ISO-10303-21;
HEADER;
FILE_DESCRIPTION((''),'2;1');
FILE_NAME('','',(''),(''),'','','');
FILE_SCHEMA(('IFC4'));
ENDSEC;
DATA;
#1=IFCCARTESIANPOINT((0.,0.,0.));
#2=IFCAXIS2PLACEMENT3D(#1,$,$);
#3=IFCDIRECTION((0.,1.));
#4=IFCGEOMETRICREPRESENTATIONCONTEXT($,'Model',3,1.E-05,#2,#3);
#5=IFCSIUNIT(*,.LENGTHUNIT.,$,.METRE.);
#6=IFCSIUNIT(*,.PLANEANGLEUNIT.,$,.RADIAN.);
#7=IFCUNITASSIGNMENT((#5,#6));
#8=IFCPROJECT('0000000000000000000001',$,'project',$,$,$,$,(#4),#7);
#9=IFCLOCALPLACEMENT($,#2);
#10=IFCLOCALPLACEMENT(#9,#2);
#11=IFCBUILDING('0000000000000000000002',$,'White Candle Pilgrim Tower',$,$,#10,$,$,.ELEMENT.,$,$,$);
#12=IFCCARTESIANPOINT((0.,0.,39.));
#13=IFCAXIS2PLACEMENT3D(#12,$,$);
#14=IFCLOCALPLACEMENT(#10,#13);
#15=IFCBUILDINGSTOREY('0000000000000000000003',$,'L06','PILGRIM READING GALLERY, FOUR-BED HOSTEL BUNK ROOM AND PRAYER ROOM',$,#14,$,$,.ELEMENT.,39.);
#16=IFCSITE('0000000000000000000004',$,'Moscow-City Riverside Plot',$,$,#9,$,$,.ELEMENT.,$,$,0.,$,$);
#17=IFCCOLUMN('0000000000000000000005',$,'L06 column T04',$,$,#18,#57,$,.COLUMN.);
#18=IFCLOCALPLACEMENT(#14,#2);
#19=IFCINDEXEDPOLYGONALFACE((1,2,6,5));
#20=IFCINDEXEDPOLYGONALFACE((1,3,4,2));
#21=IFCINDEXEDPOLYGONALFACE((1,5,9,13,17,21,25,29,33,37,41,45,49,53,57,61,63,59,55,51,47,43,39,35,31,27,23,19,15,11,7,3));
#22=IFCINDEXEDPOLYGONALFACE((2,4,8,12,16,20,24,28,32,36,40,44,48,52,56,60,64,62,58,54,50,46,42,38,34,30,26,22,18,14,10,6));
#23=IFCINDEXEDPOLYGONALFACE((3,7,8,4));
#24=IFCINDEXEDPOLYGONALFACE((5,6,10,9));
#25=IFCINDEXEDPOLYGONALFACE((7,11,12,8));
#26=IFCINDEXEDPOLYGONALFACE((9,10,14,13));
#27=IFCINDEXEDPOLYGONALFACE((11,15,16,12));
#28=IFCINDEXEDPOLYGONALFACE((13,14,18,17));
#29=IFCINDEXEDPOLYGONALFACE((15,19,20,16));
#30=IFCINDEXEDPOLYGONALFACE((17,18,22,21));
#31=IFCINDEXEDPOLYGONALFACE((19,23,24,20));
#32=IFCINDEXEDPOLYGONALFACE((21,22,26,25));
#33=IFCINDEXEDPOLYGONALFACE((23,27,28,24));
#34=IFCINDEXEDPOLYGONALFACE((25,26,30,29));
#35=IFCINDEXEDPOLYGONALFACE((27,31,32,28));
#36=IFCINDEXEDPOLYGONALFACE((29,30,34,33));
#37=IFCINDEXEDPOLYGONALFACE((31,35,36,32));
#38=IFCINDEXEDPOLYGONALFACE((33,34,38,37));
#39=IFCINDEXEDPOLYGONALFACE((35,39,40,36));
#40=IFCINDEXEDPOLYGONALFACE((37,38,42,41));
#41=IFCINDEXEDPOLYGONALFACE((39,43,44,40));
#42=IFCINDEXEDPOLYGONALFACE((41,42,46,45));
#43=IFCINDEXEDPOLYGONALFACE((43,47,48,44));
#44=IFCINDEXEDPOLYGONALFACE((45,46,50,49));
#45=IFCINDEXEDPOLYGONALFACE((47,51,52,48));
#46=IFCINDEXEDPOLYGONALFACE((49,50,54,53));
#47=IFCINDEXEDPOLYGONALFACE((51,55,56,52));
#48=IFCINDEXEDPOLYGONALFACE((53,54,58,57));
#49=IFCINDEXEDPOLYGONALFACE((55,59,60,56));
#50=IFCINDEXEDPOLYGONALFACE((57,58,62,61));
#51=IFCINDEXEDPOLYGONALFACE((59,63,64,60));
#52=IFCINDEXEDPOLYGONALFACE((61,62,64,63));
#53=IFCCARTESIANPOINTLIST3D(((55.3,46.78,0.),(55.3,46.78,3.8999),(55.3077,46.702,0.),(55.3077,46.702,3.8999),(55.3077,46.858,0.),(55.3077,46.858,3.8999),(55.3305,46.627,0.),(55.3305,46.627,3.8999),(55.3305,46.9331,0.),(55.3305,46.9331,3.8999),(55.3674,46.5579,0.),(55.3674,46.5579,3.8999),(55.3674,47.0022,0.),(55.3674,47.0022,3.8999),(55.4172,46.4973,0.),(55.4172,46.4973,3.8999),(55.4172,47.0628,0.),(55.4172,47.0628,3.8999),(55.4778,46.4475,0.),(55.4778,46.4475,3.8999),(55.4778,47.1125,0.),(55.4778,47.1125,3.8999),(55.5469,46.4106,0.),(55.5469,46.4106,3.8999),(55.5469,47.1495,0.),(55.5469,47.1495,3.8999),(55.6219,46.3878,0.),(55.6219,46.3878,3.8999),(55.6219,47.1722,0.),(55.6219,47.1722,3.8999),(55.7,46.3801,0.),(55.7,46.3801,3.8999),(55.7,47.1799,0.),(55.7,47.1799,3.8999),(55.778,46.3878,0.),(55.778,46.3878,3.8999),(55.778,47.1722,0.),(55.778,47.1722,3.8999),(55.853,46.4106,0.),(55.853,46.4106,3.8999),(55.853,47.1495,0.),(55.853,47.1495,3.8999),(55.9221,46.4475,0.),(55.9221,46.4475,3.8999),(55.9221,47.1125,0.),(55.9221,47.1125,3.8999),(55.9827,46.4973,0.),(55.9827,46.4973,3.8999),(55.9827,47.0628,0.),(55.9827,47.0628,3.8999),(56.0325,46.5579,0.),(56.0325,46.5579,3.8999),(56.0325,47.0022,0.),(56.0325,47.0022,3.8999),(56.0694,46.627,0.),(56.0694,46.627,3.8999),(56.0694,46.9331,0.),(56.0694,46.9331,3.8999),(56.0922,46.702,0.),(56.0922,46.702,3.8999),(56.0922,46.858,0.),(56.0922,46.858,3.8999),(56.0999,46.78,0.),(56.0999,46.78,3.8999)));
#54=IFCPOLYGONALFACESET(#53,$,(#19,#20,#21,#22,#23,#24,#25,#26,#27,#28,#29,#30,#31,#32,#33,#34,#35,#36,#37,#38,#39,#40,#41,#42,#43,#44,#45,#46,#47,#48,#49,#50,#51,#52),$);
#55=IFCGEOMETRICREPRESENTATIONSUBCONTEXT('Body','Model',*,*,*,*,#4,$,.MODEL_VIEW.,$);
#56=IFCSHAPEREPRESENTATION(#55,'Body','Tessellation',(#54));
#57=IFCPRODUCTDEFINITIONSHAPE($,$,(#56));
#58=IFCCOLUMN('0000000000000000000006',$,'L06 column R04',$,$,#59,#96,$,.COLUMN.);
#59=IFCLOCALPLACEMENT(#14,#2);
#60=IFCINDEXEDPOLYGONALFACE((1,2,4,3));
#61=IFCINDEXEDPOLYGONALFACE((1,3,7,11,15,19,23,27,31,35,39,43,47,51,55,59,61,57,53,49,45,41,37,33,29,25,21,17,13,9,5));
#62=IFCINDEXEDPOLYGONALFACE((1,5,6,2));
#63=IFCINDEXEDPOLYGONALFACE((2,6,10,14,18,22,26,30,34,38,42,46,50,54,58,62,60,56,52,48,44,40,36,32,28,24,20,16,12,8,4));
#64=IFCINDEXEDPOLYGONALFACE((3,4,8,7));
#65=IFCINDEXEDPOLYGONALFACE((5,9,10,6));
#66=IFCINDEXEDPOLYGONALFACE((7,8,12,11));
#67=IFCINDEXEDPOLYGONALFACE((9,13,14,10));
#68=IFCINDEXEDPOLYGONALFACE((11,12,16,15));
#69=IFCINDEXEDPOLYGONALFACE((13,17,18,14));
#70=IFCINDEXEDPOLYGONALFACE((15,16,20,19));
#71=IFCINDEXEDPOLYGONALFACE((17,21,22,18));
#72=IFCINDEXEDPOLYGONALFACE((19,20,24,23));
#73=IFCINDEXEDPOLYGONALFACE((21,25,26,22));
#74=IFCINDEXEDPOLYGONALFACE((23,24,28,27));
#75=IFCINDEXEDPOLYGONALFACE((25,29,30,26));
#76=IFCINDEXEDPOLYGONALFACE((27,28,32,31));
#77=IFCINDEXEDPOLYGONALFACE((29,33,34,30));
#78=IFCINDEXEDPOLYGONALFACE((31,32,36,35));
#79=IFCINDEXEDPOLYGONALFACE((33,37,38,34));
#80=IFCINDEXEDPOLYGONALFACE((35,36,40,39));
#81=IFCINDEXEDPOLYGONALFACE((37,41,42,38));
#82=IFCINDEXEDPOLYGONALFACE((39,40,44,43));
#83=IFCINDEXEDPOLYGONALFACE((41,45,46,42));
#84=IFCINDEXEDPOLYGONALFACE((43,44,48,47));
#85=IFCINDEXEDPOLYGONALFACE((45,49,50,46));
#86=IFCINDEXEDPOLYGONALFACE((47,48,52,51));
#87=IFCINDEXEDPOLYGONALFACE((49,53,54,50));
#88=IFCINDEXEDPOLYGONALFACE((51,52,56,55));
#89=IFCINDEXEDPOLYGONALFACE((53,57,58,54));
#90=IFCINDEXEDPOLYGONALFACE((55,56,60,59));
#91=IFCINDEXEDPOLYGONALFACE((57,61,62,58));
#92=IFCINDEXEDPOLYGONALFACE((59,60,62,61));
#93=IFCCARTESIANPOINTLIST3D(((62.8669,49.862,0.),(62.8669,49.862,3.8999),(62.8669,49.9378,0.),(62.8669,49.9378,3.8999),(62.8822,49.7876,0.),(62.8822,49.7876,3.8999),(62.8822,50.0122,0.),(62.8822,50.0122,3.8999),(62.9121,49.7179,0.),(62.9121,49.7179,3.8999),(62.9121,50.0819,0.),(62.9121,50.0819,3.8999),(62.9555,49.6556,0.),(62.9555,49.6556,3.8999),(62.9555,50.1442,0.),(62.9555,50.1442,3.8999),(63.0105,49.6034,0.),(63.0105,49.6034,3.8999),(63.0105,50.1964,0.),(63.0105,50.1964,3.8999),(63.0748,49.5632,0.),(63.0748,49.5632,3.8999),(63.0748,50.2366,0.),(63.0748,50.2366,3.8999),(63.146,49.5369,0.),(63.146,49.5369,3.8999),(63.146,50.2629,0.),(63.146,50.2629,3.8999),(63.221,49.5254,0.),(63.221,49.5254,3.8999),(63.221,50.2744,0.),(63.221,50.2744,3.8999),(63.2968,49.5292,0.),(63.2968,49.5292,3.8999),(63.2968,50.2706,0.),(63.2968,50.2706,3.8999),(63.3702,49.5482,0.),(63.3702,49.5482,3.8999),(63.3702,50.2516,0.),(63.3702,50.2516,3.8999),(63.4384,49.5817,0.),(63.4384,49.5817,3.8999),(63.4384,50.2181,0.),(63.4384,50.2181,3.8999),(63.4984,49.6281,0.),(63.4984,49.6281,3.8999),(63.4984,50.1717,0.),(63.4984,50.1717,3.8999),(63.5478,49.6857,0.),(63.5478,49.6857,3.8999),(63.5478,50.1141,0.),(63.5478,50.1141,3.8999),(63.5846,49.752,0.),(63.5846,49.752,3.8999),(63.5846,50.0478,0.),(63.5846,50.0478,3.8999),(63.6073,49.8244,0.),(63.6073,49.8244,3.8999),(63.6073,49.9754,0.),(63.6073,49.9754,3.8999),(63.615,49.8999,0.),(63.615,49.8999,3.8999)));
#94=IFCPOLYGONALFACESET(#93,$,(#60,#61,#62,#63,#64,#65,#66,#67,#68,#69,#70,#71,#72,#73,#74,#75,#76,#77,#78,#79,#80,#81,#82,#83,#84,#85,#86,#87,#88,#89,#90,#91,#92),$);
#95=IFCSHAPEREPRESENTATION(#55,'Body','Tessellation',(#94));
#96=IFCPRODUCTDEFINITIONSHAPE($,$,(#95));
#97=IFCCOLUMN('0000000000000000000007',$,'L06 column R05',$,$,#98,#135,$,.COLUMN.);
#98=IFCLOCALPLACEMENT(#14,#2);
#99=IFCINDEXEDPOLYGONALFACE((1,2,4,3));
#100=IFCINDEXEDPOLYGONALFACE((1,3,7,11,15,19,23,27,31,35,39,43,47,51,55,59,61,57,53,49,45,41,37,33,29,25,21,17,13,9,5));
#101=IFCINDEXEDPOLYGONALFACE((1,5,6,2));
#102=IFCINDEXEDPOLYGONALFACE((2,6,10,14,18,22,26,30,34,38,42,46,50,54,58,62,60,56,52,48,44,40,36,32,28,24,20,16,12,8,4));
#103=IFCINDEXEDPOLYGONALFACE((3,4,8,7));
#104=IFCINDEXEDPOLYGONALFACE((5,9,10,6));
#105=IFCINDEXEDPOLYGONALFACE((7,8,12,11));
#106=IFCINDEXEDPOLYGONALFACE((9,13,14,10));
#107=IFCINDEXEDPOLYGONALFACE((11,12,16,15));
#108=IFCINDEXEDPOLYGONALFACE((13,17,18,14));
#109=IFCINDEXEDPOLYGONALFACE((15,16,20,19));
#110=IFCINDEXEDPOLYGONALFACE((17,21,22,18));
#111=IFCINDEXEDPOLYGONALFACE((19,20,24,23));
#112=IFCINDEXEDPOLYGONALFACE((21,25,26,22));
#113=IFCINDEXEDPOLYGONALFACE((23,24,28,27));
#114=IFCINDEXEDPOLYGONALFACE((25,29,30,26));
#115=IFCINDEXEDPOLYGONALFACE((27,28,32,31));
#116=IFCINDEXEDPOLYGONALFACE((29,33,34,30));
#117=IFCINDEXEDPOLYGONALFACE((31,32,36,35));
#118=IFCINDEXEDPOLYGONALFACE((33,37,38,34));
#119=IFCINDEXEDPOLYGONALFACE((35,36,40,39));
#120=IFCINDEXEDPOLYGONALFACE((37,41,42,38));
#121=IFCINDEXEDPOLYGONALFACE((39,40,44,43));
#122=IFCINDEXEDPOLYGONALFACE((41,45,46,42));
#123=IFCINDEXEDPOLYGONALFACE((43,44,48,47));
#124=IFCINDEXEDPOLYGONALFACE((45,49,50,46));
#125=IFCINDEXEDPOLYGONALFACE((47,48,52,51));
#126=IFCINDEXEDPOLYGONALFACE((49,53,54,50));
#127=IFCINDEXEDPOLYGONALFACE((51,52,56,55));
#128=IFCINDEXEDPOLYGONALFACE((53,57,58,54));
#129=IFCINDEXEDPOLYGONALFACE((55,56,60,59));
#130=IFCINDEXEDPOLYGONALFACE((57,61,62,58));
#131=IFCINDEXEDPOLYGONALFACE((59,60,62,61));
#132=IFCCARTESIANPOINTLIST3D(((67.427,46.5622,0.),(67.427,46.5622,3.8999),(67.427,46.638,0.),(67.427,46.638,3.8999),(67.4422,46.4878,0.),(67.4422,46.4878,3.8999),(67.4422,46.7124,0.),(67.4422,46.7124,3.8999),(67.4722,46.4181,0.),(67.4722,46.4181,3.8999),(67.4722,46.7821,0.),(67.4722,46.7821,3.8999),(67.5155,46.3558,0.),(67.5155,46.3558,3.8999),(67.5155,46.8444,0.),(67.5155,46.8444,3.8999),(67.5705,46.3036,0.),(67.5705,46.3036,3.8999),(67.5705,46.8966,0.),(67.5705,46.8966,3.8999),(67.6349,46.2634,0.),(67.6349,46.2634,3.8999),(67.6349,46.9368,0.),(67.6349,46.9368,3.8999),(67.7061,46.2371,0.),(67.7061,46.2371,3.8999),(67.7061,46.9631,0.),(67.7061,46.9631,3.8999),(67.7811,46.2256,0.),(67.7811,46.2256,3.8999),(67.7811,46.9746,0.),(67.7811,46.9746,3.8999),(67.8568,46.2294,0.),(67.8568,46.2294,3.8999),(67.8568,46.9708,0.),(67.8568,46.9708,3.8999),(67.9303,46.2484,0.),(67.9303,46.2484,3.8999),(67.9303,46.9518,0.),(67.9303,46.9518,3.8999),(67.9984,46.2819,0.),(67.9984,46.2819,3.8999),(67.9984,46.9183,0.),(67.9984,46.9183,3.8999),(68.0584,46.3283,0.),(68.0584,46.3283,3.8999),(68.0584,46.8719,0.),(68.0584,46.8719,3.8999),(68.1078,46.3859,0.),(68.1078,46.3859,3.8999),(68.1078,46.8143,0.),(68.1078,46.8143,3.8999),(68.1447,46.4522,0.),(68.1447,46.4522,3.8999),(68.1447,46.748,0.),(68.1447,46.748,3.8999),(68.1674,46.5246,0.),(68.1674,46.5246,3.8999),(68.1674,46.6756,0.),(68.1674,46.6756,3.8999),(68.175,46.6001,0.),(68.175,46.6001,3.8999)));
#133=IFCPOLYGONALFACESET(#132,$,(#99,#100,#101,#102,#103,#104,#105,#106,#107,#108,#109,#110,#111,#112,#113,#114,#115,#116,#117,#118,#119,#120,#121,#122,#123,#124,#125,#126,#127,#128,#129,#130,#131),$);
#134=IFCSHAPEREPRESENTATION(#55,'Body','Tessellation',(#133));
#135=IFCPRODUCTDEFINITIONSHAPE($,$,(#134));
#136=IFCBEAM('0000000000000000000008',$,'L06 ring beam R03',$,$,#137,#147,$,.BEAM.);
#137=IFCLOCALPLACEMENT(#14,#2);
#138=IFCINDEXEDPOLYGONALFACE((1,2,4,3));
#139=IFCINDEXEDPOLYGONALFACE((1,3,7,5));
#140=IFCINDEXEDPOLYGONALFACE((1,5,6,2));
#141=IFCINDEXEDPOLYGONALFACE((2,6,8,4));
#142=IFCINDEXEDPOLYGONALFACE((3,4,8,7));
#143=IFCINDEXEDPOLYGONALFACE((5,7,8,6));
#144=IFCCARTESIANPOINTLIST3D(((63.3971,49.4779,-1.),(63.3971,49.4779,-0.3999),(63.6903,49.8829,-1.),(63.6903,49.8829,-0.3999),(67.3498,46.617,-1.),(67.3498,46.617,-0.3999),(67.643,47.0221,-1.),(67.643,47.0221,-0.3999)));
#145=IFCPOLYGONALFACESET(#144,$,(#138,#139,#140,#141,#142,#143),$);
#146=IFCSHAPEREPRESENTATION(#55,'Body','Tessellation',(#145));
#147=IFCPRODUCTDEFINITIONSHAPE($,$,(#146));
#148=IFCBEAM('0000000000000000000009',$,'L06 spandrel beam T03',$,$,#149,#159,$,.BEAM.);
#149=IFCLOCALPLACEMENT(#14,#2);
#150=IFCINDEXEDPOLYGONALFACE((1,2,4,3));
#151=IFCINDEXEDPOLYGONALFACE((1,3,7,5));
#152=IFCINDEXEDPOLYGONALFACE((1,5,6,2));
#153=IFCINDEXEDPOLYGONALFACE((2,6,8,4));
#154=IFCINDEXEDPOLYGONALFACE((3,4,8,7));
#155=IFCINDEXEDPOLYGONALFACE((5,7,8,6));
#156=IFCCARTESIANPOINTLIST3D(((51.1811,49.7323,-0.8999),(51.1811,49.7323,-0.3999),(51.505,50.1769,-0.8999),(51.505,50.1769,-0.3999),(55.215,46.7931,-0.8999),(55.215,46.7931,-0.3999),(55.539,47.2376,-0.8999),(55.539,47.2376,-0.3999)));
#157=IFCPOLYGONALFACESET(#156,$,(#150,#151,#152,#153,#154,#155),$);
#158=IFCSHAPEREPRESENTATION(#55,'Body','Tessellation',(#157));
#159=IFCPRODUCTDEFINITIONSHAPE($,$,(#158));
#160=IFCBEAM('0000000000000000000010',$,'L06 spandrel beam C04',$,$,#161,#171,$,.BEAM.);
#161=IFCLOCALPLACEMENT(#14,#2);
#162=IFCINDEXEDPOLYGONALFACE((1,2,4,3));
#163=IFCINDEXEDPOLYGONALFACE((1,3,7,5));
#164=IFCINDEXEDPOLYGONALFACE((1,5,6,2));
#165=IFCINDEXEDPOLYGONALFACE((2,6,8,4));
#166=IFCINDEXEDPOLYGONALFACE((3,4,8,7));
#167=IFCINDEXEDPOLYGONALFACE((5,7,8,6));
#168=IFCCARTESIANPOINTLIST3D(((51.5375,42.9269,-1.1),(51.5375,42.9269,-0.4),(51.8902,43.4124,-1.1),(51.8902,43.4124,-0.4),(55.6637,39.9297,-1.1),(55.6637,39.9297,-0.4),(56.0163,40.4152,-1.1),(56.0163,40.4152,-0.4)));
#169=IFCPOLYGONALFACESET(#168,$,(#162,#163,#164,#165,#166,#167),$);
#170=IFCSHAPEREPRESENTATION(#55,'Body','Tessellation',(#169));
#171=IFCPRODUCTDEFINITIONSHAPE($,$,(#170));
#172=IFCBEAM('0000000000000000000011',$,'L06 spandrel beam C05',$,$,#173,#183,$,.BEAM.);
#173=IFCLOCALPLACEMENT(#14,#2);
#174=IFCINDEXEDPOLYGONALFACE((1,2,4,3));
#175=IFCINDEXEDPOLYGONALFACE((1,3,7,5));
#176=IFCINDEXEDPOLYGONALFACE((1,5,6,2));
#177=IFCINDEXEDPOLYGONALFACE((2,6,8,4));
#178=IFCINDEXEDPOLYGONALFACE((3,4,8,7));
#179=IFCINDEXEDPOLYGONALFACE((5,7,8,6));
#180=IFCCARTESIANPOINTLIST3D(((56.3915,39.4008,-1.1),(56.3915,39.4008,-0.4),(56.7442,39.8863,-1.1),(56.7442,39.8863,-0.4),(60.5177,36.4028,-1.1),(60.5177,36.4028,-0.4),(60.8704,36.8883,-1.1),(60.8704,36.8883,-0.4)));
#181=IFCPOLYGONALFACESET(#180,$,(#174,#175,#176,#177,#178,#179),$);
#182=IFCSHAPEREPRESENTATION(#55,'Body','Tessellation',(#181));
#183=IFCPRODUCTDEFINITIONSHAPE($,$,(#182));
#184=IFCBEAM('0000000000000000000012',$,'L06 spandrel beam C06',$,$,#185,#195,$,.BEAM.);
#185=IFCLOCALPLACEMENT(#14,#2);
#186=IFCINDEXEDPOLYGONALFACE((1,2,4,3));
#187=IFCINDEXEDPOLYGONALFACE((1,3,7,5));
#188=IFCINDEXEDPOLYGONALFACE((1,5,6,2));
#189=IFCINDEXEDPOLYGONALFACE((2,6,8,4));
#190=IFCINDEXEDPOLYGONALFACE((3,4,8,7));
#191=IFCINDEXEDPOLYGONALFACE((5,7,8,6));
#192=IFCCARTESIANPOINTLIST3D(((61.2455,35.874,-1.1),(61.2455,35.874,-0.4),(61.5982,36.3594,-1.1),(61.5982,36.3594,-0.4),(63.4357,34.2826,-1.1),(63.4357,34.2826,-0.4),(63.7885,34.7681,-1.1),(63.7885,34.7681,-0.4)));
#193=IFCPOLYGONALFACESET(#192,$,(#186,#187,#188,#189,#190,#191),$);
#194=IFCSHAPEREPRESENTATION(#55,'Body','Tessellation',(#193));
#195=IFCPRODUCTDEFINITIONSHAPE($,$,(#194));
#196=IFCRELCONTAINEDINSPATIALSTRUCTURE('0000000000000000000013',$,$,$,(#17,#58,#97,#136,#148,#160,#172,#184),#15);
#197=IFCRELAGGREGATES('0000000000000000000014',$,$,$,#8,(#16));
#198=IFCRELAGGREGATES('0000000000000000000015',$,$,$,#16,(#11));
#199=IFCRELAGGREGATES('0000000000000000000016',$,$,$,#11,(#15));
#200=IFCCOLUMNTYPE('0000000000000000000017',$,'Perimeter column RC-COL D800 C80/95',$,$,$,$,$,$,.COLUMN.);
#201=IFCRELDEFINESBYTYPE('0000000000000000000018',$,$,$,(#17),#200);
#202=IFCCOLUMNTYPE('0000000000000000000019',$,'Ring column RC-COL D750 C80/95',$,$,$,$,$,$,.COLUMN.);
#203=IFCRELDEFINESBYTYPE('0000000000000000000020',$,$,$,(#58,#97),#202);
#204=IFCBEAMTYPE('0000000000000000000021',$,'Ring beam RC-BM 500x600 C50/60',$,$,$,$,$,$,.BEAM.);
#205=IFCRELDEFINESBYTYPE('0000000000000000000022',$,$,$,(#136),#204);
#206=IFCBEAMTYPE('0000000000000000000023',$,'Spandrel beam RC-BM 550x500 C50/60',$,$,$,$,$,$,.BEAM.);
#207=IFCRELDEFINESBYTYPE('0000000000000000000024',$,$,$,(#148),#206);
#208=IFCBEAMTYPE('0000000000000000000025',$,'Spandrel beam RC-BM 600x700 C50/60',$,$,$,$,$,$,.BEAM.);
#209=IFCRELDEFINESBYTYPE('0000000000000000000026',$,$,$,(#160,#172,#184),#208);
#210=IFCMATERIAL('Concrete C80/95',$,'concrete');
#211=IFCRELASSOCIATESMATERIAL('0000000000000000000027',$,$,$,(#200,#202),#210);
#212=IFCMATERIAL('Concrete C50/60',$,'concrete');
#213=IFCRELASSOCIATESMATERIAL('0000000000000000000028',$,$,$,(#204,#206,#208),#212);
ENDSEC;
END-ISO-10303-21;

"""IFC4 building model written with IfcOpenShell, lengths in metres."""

from ifc_helpers import new_model, si_unit, direction, frame, origin, origin_2d, place, context, subcontext, project, spatial, rectangle, circle, extrude, material, material_profile, profile_set, type_object, element, save


model = new_model("IFC4")

# Units and contexts
model_context = context("Model", 3, precision=1e-05, world=origin(), true_north=direction((0.0, 1.0)))
body_context = subcontext(model_context, "Body", "Model", "MODEL_VIEW")
ifc_project = project(units=[si_unit("LENGTHUNIT", "METRE"), si_unit("PLANEANGLEUNIT", "RADIAN")], contexts=[model_context])

# Site, building, storey
site_placement = place(None, origin())
site = spatial("IfcSite", under=ifc_project, at=site_placement, Name="Moscow-City Riverside Plot", CompositionType="ELEMENT", RefElevation=0.0)
building_placement = place(site_placement, origin())
building = spatial("IfcBuilding", under=site, at=building_placement, Name="White Candle Pilgrim Tower", CompositionType="ELEMENT")
storey_placement = place(building_placement, frame((0.0, 0.0, 39.0)))
storey = spatial("IfcBuildingStorey", under=building, at=storey_placement, Name="L06", Description="PILGRIM READING GALLERY, FOUR-BED HOSTEL BUNK ROOM AND PRAYER ROOM", CompositionType="ELEMENT", Elevation=39.0)

# Columns
ifc_material_1 = material(Name="Concrete C80/95", Category="concrete")
ifc_material_profile_1 = material_profile(ifc_material_1, circle(Radius=0.3999, at=origin_2d()), Name="RC-COL D800")
ifc_profile_set_1 = profile_set([ifc_material_profile_1], Name="Concrete C80/95")
column_type_1 = type_object("IfcColumnType", Name="Perimeter column RC-COL D800 C80/95", PredefinedType="COLUMN", material=ifc_profile_set_1)
column_placement = place(storey_placement, frame((55.7, 46.78, 0.0), z_axis=(0.0, 0.0, 1.0), x_axis=(1.0, 0.0, 0.0)))
element("IfcColumn", 1, at=column_placement, inside=storey, type_object=column_type_1, Name="L06 column T04", PredefinedType="COLUMN", context=body_context, shape_type="SweptSolid", body=[
    extrude(circle(Radius=0.3999, at=origin_2d()), origin(), (0.0, 0.0, 1.0), 3.8999),
])
ifc_material_profile_2 = material_profile(ifc_material_1, circle(Radius=0.375, at=origin_2d()), Name="RC-COL D750")
ifc_profile_set_2 = profile_set([ifc_material_profile_2], Name="Concrete C80/95")
column_type_2 = type_object("IfcColumnType", Name="Ring column RC-COL D750 C80/95", PredefinedType="COLUMN", material=ifc_profile_set_2)
for number, where, z_axis, x_axis, name in (
    (2, (63.24, 49.8999, 0.0), (0.0, 0.0, 1.0), (1.0, 0.0, 0.0), "L06 column R04"),
    (3, (67.8, 46.6001, 0.0), (0.0, 0.0, 1.0), (1.0, 0.0, 0.0), "L06 column R05"),
):
    element("IfcColumn", number, at=place(storey_placement, frame(where, z_axis=z_axis, x_axis=x_axis)), inside=storey, type_object=column_type_2, Name=name, PredefinedType="COLUMN", context=body_context, shape_type="SweptSolid", body=[
        extrude(circle(Radius=0.375, at=origin_2d()), origin(), (0.0, 0.0, 1.0), 3.8999),
    ])

# Beams
ifc_material_2 = material(Name="Concrete C50/60", Category="concrete")
ifc_material_profile_3 = material_profile(ifc_material_2, rectangle(XDim=0.5, YDim=0.6001, at=origin_2d()), Name="RC-BM 500x600")
ifc_profile_set_3 = profile_set([ifc_material_profile_3], Name="Concrete C50/60")
beam_type_1 = type_object("IfcBeamType", Name="Ring beam RC-BM 500x600 C50/60", PredefinedType="BEAM", material=ifc_profile_set_3)
beam_1_placement = place(storey_placement, frame((63.5437, 49.6804, -0.7), z_axis=(0.81008, -0.58632, 0.0), x_axis=(0.58632, 0.81008, 0.0)))
element("IfcBeam", 4, at=beam_1_placement, inside=storey, type_object=beam_type_1, Name="L06 ring beam R03", PredefinedType="BEAM", context=body_context, shape_type="SweptSolid", body=[
    extrude(rectangle(XDim=0.5, YDim=0.6001, at=origin_2d()), origin(), (0.0, 0.0, 1.0), 4.8794),
])
ifc_material_profile_4 = material_profile(ifc_material_2, rectangle(XDim=0.55, YDim=0.5, at=origin_2d()), Name="RC-BM 550x500")
ifc_profile_set_4 = profile_set([ifc_material_profile_4], Name="Concrete C50/60")
beam_type_2 = type_object("IfcBeamType", Name="Spandrel beam RC-BM 550x500 C50/60", PredefinedType="BEAM", material=ifc_profile_set_4)
beam_2_placement = place(storey_placement, frame((51.343, 49.9546, -0.6499), z_axis=(0.808218, -0.588884, 0.0), x_axis=(0.588884, 0.808218, 0.0)))
element("IfcBeam", 5, at=beam_2_placement, inside=storey, type_object=beam_type_2, Name="L06 spandrel beam T03", PredefinedType="BEAM", context=body_context, shape_type="SweptSolid", body=[
    extrude(rectangle(XDim=0.55, YDim=0.5, at=origin_2d()), origin(), (0.0, 0.0, 1.0), 4.9912),
])
ifc_material_profile_5 = material_profile(ifc_material_2, rectangle(XDim=0.6001, YDim=0.7, at=origin_2d()), Name="RC-BM 600x700")
ifc_profile_set_5 = profile_set([ifc_material_profile_5], Name="Concrete C50/60")
beam_type_3 = type_object("IfcBeamType", Name="Spandrel beam RC-BM 600x700 C50/60", PredefinedType="BEAM", material=ifc_profile_set_5)
beam_3_placement = place(storey_placement, frame((51.7139, 43.1697, -0.75), z_axis=(0.809069, -0.587713, 0.0), x_axis=(0.587713, 0.809069, 0.0)))
element("IfcBeam", 6, at=beam_3_placement, inside=storey, type_object=beam_type_3, Name="L06 spandrel beam C04", PredefinedType="BEAM", context=body_context, shape_type="SweptSolid", body=[
    extrude(rectangle(XDim=0.6001, YDim=0.7, at=origin_2d()), origin(), (0.0, 0.0, 1.0), 5.0999),
])
beam_4_placement = place(storey_placement, frame((56.5679, 39.6436, -0.75), z_axis=(0.809001, -0.587807, 0.0), x_axis=(0.587807, 0.809001, 0.0)))
element("IfcBeam", 7, at=beam_4_placement, inside=storey, type_object=beam_type_3, Name="L06 spandrel beam C05", PredefinedType="BEAM", context=body_context, shape_type="SweptSolid", body=[
    extrude(rectangle(XDim=0.6001, YDim=0.7, at=origin_2d()), origin(), (0.0, 0.0, 1.0), 5.1003),
])
beam_5_placement = place(storey_placement, frame((61.4219, 36.1167, -0.75), z_axis=(0.809009, -0.587796, 0.0), x_axis=(0.587796, 0.809009, 0.0)))
element("IfcBeam", 8, at=beam_5_placement, inside=storey, type_object=beam_type_3, Name="L06 spandrel beam C06", PredefinedType="BEAM", context=body_context, shape_type="SweptSolid", body=[
    extrude(rectangle(XDim=0.6001, YDim=0.7, at=origin_2d()), origin(), (0.0, 0.0, 1.0), 2.7073),
])

save(model, "model.ifc")
